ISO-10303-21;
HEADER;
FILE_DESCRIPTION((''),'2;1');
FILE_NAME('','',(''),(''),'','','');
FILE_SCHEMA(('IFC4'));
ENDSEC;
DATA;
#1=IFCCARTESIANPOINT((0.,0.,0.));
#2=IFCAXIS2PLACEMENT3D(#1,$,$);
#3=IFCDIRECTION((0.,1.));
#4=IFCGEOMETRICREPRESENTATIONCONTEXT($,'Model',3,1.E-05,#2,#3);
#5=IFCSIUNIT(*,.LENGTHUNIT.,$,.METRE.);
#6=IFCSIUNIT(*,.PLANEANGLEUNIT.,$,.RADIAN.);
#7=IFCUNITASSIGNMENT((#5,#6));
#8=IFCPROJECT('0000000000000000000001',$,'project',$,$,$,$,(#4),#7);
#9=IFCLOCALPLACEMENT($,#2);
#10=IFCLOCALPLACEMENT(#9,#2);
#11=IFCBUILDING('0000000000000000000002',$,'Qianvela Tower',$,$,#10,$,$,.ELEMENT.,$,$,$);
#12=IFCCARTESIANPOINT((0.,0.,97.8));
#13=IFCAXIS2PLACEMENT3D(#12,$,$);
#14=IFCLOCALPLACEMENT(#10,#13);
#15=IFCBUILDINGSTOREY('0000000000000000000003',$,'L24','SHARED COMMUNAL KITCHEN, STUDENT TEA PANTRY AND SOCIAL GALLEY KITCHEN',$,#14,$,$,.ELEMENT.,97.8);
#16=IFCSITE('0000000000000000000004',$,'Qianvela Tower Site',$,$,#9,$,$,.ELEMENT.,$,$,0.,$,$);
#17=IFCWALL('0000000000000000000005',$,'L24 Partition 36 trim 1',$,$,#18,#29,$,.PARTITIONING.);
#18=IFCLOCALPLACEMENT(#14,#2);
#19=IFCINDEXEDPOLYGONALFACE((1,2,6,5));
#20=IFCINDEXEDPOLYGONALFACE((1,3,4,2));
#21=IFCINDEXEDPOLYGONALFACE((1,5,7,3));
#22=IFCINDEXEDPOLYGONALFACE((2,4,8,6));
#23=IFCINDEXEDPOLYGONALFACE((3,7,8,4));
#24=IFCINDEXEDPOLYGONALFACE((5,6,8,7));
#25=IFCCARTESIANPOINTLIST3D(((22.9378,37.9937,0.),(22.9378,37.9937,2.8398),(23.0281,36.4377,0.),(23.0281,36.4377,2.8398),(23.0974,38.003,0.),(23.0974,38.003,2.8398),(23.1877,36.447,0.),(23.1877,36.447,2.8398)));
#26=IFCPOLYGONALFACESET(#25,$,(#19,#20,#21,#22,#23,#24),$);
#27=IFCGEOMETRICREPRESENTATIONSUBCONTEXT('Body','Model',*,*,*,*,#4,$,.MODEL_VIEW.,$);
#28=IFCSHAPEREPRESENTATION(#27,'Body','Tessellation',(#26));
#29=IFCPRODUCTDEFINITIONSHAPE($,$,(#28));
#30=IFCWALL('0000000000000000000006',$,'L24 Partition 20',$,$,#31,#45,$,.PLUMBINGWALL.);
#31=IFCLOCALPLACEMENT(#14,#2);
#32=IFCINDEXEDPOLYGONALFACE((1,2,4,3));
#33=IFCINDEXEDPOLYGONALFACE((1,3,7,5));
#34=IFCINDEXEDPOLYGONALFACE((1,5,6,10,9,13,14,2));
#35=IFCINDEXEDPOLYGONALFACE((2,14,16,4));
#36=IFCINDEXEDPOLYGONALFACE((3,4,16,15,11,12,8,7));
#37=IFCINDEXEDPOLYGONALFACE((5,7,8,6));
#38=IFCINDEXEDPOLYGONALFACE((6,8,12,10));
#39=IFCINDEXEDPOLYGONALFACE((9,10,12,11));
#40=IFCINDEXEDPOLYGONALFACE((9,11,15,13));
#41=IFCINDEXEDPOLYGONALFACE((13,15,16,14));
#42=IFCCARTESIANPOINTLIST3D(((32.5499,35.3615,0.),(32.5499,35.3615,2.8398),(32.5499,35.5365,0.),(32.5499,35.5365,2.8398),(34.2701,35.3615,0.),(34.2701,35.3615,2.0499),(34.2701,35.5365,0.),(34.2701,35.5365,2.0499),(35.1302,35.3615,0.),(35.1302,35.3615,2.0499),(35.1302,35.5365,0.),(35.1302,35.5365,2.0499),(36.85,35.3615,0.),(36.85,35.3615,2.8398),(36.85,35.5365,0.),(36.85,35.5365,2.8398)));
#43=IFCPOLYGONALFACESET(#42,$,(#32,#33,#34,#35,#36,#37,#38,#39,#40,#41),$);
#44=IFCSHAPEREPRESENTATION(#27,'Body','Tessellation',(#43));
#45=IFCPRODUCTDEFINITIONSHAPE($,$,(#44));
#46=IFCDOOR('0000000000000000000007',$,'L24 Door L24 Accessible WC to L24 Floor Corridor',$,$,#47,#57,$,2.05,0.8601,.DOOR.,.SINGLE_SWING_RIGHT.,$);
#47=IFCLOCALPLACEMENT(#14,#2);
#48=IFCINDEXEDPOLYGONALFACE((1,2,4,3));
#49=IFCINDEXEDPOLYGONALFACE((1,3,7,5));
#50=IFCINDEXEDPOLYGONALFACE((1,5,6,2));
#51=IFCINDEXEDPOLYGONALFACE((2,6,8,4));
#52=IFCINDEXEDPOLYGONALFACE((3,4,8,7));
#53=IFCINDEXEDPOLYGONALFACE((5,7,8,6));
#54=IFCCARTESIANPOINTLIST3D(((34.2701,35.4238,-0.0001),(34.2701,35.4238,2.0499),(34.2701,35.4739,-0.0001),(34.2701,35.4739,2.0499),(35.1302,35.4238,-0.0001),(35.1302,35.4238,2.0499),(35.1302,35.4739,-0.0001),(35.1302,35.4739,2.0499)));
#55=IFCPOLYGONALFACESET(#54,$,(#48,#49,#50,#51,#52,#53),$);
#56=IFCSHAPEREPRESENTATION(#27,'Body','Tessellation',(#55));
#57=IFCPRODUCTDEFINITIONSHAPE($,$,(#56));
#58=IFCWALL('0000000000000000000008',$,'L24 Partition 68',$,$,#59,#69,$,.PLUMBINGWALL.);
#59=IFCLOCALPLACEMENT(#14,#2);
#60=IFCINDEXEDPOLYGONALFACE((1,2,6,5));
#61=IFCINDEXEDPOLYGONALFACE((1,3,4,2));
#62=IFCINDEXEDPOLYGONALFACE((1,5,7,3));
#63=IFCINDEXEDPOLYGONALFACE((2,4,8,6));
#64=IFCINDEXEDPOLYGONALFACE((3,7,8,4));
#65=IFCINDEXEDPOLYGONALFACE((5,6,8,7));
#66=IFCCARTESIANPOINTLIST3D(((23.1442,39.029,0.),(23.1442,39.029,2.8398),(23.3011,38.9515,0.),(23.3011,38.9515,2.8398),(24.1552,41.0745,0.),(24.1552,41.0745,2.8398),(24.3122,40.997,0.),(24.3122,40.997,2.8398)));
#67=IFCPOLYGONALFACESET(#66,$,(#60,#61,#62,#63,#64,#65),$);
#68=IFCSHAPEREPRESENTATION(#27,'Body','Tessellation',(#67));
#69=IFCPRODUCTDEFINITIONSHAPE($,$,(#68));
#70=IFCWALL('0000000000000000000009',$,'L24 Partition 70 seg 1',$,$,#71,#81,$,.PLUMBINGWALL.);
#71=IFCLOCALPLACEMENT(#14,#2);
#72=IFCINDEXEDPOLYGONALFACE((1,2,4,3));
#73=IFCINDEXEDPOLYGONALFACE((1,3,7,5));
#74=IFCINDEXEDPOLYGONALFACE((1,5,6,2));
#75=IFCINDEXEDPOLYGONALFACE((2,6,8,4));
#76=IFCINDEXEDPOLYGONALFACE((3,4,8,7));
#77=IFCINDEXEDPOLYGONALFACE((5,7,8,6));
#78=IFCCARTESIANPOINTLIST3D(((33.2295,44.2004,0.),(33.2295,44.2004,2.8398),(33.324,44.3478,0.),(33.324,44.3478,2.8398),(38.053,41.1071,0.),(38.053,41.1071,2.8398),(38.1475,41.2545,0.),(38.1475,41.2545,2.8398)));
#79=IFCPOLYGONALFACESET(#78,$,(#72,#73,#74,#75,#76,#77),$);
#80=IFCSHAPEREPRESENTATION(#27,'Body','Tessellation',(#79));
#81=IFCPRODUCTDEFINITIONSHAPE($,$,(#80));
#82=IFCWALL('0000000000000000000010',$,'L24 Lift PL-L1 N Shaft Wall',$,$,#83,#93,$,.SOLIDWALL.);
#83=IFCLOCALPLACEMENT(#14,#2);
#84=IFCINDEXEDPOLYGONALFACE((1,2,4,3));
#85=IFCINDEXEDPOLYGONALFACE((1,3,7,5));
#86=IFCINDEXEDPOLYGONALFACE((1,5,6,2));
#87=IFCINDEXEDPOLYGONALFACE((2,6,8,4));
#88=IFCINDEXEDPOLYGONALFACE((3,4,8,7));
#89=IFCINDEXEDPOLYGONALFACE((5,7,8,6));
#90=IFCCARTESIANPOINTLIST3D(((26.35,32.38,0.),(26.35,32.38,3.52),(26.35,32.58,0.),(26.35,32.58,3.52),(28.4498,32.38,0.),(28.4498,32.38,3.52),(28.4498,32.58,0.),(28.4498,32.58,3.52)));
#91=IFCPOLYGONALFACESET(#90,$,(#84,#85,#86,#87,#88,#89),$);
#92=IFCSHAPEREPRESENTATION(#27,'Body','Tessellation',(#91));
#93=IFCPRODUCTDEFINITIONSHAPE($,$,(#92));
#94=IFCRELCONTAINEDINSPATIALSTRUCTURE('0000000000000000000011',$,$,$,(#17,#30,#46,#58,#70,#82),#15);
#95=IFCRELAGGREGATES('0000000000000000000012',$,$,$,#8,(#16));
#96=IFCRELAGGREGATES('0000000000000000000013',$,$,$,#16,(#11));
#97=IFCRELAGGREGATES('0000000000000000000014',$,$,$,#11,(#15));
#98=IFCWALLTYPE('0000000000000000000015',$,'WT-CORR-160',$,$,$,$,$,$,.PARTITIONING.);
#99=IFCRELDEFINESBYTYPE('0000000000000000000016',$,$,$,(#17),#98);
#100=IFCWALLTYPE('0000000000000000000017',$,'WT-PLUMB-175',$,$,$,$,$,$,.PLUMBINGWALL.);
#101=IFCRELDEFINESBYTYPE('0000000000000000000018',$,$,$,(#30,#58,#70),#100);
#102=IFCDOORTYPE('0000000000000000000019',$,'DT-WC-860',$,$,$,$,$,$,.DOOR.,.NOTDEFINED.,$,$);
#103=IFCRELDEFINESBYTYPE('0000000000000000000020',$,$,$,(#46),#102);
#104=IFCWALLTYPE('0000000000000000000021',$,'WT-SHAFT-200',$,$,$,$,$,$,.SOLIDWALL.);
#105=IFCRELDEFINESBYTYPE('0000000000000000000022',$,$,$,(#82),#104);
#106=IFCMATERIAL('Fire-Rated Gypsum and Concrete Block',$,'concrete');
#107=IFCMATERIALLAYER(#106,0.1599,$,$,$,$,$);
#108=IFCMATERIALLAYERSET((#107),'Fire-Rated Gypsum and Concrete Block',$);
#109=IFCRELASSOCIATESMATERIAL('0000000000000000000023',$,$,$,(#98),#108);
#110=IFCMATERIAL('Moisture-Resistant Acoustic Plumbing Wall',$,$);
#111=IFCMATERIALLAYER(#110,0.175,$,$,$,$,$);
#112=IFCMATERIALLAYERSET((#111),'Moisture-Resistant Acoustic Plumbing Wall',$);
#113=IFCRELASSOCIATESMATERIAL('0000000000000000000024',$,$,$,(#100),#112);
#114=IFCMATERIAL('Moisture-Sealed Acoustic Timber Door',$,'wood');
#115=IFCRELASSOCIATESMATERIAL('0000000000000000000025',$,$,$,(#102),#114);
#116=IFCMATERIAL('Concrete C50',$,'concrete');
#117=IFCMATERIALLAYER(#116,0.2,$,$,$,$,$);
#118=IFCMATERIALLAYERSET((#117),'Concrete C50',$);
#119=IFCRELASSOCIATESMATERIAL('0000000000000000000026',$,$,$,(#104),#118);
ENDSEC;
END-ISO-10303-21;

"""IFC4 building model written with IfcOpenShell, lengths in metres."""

from ifc_helpers import new_model, si_unit, direction, frame, frame_2d, origin, place, context, subcontext, project, spatial, rectangle, extrude, material, layer, layer_set, type_object, element, fill, save


model = new_model("IFC4")

# Units and contexts
model_context = context("Model", 3, precision=1e-05, world=origin(), true_north=direction((0.0, 1.0)))
body_context = subcontext(model_context, "Body", "Model", "MODEL_VIEW")
ifc_project = project(units=[si_unit("LENGTHUNIT", "METRE"), si_unit("PLANEANGLEUNIT", "RADIAN")], contexts=[model_context])

# Site, building, storey
site_placement = place(None, origin())
site = spatial("IfcSite", under=ifc_project, at=site_placement, Name="Qianvela Tower Site", CompositionType="ELEMENT", RefElevation=0.0)
building_placement = place(site_placement, origin())
building = spatial("IfcBuilding", under=site, at=building_placement, Name="Qianvela Tower", CompositionType="ELEMENT")
storey_placement = place(building_placement, frame((0.0, 0.0, 97.8)))
storey = spatial("IfcBuildingStorey", under=building, at=storey_placement, Name="L24", Description="SHARED COMMUNAL KITCHEN, STUDENT TEA PANTRY AND SOCIAL GALLEY KITCHEN", CompositionType="ELEMENT", Elevation=97.8)

# Shared definitions
ifc_material_1 = material(Name="Fire-Rated Gypsum and Concrete Block", Category="concrete")
ifc_layer_1 = layer(ifc_material_1, 0.1599)
ifc_layer_set_1 = layer_set([ifc_layer_1], Name="Fire-Rated Gypsum and Concrete Block")
wall_type_1 = type_object("IfcWallType", Name="WT-CORR-160", PredefinedType="PARTITIONING", material=ifc_layer_set_1)

# Wall
wall_1_placement = place(storey_placement, frame((23.1079, 36.4424, 0.0), z_axis=(0.0, 0.0, 1.0), x_axis=(-0.05796, 0.998319, 0.0)))
element("IfcWall", 1, at=wall_1_placement, inside=storey, type_object=wall_type_1, Name="L24 Partition 36 trim 1", PredefinedType="PARTITIONING", context=body_context, shape_type="SweptSolid", body=[
    extrude(rectangle(XDim=1.5586, YDim=0.1599, at=frame_2d((0.7793, 0.0))), origin(), (0.0, 0.0, 1.0), 2.8398),
])

# Wall, opening, door
ifc_material_2 = material(Name="Moisture-Resistant Acoustic Plumbing Wall")
ifc_layer_2 = layer(ifc_material_2, 0.175)
ifc_layer_set_2 = layer_set([ifc_layer_2], Name="Moisture-Resistant Acoustic Plumbing Wall")
wall_type_2 = type_object("IfcWallType", Name="WT-PLUMB-175", PredefinedType="PLUMBINGWALL", material=ifc_layer_set_2)
wall_2_placement = place(storey_placement, frame((32.55, 35.449, 0.0), z_axis=(0.0, 0.0, 1.0), x_axis=(1.0, 0.0, 0.0)))
wall_2 = element("IfcWall", 2, at=wall_2_placement, inside=storey, type_object=wall_type_2, Name="L24 Partition 20", PredefinedType="PLUMBINGWALL", context=body_context, shape_type="SweptSolid", body=[
    extrude(rectangle(XDim=4.3, YDim=0.175, at=frame_2d((2.1499, 0.0))), origin(), (0.0, 0.0, 1.0), 2.8398),
])
opening_1_placement = place(wall_2_placement, frame((1.72, 0.0, 0.0)))
opening_1 = element("IfcOpeningElement", 3, at=opening_1_placement, cuts=wall_2, PredefinedType="OPENING", context=body_context, shape_type="SweptSolid", body=[
    extrude(rectangle(XDim=0.8601, YDim=2.05, at=frame_2d((0.4302, 1.0249))), frame((0.0, 0.0974, 0.0), z_axis=(0.0, -1.0, 0.0), x_axis=(1.0, 0.0, 0.0)), (0.0, 0.0, 1.0), 0.1951),
])
ifc_material_3 = material(Name="Moisture-Sealed Acoustic Timber Door", Category="wood")
door_type_1 = type_object("IfcDoorType", Name="DT-WC-860", OperationType="NOTDEFINED", PredefinedType="DOOR", material=ifc_material_3)
door_1_placement = place(opening_1_placement, origin())
door_1 = element("IfcDoor", 4, at=door_1_placement, inside=storey, type_object=door_type_1, Name="L24 Door L24 Accessible WC to L24 Floor Corridor", OperationType="SINGLE_SWING_RIGHT", OverallHeight=2.05, OverallWidth=0.8601, PredefinedType="DOOR", context=body_context, shape_type="SweptSolid", body=[
    extrude(rectangle(XDim=0.8601, YDim=2.05, at=frame_2d((0.4302, 1.0249))), frame((0.0, 0.0249, 0.0), z_axis=(0.0, -1.0, 0.0), x_axis=(1.0, 0.0, 0.0)), (0.0, 0.0, 1.0), 0.05),
])
fill(opening_1, door_1)

# Walls
wall_3_placement = place(storey_placement, frame((23.2227, 38.9902, 0.0), z_axis=(0.0, 0.0, 1.0), x_axis=(0.4431, 0.896472, 0.0)))
element("IfcWall", 5, at=wall_3_placement, inside=storey, type_object=wall_type_2, Name="L24 Partition 68", PredefinedType="PLUMBINGWALL", context=body_context, shape_type="SweptSolid", body=[
    extrude(rectangle(XDim=2.2817, YDim=0.175, at=frame_2d((1.1409, 0.0))), origin(), (0.0, 0.0, 1.0), 2.8398),
])
wall_4_placement = place(storey_placement, frame((33.2766, 44.2742, 0.0), z_axis=(0.0, 0.0, 1.0), x_axis=(0.841777, -0.539825, 0.0)))
element("IfcWall", 6, at=wall_4_placement, inside=storey, type_object=wall_type_2, Name="L24 Partition 70 seg 1", PredefinedType="PLUMBINGWALL", context=body_context, shape_type="SweptSolid", body=[
    extrude(rectangle(XDim=5.7302, YDim=0.175, at=frame_2d((2.8652, 0.0))), origin(), (0.0, 0.0, 1.0), 2.8398),
])
ifc_material_4 = material(Name="Concrete C50", Category="concrete")
ifc_layer_3 = layer(ifc_material_4, 0.2)
ifc_layer_set_3 = layer_set([ifc_layer_3], Name="Concrete C50")
wall_type_3 = type_object("IfcWallType", Name="WT-SHAFT-200", PredefinedType="SOLIDWALL", material=ifc_layer_set_3)
wall_5_placement = place(storey_placement, frame((26.3501, 32.48, 0.0), z_axis=(0.0, 0.0, 1.0), x_axis=(1.0, 0.0, 0.0)))
element("IfcWall", 7, at=wall_5_placement, inside=storey, type_object=wall_type_3, Name="L24 Lift PL-L1 N Shaft Wall", PredefinedType="SOLIDWALL", context=body_context, shape_type="SweptSolid", body=[
    extrude(rectangle(XDim=2.0999, YDim=0.2, at=frame_2d((1.0498, 0.0))), origin(), (0.0, 0.0, 1.0), 3.52),
])

save(model, "model.ifc")
